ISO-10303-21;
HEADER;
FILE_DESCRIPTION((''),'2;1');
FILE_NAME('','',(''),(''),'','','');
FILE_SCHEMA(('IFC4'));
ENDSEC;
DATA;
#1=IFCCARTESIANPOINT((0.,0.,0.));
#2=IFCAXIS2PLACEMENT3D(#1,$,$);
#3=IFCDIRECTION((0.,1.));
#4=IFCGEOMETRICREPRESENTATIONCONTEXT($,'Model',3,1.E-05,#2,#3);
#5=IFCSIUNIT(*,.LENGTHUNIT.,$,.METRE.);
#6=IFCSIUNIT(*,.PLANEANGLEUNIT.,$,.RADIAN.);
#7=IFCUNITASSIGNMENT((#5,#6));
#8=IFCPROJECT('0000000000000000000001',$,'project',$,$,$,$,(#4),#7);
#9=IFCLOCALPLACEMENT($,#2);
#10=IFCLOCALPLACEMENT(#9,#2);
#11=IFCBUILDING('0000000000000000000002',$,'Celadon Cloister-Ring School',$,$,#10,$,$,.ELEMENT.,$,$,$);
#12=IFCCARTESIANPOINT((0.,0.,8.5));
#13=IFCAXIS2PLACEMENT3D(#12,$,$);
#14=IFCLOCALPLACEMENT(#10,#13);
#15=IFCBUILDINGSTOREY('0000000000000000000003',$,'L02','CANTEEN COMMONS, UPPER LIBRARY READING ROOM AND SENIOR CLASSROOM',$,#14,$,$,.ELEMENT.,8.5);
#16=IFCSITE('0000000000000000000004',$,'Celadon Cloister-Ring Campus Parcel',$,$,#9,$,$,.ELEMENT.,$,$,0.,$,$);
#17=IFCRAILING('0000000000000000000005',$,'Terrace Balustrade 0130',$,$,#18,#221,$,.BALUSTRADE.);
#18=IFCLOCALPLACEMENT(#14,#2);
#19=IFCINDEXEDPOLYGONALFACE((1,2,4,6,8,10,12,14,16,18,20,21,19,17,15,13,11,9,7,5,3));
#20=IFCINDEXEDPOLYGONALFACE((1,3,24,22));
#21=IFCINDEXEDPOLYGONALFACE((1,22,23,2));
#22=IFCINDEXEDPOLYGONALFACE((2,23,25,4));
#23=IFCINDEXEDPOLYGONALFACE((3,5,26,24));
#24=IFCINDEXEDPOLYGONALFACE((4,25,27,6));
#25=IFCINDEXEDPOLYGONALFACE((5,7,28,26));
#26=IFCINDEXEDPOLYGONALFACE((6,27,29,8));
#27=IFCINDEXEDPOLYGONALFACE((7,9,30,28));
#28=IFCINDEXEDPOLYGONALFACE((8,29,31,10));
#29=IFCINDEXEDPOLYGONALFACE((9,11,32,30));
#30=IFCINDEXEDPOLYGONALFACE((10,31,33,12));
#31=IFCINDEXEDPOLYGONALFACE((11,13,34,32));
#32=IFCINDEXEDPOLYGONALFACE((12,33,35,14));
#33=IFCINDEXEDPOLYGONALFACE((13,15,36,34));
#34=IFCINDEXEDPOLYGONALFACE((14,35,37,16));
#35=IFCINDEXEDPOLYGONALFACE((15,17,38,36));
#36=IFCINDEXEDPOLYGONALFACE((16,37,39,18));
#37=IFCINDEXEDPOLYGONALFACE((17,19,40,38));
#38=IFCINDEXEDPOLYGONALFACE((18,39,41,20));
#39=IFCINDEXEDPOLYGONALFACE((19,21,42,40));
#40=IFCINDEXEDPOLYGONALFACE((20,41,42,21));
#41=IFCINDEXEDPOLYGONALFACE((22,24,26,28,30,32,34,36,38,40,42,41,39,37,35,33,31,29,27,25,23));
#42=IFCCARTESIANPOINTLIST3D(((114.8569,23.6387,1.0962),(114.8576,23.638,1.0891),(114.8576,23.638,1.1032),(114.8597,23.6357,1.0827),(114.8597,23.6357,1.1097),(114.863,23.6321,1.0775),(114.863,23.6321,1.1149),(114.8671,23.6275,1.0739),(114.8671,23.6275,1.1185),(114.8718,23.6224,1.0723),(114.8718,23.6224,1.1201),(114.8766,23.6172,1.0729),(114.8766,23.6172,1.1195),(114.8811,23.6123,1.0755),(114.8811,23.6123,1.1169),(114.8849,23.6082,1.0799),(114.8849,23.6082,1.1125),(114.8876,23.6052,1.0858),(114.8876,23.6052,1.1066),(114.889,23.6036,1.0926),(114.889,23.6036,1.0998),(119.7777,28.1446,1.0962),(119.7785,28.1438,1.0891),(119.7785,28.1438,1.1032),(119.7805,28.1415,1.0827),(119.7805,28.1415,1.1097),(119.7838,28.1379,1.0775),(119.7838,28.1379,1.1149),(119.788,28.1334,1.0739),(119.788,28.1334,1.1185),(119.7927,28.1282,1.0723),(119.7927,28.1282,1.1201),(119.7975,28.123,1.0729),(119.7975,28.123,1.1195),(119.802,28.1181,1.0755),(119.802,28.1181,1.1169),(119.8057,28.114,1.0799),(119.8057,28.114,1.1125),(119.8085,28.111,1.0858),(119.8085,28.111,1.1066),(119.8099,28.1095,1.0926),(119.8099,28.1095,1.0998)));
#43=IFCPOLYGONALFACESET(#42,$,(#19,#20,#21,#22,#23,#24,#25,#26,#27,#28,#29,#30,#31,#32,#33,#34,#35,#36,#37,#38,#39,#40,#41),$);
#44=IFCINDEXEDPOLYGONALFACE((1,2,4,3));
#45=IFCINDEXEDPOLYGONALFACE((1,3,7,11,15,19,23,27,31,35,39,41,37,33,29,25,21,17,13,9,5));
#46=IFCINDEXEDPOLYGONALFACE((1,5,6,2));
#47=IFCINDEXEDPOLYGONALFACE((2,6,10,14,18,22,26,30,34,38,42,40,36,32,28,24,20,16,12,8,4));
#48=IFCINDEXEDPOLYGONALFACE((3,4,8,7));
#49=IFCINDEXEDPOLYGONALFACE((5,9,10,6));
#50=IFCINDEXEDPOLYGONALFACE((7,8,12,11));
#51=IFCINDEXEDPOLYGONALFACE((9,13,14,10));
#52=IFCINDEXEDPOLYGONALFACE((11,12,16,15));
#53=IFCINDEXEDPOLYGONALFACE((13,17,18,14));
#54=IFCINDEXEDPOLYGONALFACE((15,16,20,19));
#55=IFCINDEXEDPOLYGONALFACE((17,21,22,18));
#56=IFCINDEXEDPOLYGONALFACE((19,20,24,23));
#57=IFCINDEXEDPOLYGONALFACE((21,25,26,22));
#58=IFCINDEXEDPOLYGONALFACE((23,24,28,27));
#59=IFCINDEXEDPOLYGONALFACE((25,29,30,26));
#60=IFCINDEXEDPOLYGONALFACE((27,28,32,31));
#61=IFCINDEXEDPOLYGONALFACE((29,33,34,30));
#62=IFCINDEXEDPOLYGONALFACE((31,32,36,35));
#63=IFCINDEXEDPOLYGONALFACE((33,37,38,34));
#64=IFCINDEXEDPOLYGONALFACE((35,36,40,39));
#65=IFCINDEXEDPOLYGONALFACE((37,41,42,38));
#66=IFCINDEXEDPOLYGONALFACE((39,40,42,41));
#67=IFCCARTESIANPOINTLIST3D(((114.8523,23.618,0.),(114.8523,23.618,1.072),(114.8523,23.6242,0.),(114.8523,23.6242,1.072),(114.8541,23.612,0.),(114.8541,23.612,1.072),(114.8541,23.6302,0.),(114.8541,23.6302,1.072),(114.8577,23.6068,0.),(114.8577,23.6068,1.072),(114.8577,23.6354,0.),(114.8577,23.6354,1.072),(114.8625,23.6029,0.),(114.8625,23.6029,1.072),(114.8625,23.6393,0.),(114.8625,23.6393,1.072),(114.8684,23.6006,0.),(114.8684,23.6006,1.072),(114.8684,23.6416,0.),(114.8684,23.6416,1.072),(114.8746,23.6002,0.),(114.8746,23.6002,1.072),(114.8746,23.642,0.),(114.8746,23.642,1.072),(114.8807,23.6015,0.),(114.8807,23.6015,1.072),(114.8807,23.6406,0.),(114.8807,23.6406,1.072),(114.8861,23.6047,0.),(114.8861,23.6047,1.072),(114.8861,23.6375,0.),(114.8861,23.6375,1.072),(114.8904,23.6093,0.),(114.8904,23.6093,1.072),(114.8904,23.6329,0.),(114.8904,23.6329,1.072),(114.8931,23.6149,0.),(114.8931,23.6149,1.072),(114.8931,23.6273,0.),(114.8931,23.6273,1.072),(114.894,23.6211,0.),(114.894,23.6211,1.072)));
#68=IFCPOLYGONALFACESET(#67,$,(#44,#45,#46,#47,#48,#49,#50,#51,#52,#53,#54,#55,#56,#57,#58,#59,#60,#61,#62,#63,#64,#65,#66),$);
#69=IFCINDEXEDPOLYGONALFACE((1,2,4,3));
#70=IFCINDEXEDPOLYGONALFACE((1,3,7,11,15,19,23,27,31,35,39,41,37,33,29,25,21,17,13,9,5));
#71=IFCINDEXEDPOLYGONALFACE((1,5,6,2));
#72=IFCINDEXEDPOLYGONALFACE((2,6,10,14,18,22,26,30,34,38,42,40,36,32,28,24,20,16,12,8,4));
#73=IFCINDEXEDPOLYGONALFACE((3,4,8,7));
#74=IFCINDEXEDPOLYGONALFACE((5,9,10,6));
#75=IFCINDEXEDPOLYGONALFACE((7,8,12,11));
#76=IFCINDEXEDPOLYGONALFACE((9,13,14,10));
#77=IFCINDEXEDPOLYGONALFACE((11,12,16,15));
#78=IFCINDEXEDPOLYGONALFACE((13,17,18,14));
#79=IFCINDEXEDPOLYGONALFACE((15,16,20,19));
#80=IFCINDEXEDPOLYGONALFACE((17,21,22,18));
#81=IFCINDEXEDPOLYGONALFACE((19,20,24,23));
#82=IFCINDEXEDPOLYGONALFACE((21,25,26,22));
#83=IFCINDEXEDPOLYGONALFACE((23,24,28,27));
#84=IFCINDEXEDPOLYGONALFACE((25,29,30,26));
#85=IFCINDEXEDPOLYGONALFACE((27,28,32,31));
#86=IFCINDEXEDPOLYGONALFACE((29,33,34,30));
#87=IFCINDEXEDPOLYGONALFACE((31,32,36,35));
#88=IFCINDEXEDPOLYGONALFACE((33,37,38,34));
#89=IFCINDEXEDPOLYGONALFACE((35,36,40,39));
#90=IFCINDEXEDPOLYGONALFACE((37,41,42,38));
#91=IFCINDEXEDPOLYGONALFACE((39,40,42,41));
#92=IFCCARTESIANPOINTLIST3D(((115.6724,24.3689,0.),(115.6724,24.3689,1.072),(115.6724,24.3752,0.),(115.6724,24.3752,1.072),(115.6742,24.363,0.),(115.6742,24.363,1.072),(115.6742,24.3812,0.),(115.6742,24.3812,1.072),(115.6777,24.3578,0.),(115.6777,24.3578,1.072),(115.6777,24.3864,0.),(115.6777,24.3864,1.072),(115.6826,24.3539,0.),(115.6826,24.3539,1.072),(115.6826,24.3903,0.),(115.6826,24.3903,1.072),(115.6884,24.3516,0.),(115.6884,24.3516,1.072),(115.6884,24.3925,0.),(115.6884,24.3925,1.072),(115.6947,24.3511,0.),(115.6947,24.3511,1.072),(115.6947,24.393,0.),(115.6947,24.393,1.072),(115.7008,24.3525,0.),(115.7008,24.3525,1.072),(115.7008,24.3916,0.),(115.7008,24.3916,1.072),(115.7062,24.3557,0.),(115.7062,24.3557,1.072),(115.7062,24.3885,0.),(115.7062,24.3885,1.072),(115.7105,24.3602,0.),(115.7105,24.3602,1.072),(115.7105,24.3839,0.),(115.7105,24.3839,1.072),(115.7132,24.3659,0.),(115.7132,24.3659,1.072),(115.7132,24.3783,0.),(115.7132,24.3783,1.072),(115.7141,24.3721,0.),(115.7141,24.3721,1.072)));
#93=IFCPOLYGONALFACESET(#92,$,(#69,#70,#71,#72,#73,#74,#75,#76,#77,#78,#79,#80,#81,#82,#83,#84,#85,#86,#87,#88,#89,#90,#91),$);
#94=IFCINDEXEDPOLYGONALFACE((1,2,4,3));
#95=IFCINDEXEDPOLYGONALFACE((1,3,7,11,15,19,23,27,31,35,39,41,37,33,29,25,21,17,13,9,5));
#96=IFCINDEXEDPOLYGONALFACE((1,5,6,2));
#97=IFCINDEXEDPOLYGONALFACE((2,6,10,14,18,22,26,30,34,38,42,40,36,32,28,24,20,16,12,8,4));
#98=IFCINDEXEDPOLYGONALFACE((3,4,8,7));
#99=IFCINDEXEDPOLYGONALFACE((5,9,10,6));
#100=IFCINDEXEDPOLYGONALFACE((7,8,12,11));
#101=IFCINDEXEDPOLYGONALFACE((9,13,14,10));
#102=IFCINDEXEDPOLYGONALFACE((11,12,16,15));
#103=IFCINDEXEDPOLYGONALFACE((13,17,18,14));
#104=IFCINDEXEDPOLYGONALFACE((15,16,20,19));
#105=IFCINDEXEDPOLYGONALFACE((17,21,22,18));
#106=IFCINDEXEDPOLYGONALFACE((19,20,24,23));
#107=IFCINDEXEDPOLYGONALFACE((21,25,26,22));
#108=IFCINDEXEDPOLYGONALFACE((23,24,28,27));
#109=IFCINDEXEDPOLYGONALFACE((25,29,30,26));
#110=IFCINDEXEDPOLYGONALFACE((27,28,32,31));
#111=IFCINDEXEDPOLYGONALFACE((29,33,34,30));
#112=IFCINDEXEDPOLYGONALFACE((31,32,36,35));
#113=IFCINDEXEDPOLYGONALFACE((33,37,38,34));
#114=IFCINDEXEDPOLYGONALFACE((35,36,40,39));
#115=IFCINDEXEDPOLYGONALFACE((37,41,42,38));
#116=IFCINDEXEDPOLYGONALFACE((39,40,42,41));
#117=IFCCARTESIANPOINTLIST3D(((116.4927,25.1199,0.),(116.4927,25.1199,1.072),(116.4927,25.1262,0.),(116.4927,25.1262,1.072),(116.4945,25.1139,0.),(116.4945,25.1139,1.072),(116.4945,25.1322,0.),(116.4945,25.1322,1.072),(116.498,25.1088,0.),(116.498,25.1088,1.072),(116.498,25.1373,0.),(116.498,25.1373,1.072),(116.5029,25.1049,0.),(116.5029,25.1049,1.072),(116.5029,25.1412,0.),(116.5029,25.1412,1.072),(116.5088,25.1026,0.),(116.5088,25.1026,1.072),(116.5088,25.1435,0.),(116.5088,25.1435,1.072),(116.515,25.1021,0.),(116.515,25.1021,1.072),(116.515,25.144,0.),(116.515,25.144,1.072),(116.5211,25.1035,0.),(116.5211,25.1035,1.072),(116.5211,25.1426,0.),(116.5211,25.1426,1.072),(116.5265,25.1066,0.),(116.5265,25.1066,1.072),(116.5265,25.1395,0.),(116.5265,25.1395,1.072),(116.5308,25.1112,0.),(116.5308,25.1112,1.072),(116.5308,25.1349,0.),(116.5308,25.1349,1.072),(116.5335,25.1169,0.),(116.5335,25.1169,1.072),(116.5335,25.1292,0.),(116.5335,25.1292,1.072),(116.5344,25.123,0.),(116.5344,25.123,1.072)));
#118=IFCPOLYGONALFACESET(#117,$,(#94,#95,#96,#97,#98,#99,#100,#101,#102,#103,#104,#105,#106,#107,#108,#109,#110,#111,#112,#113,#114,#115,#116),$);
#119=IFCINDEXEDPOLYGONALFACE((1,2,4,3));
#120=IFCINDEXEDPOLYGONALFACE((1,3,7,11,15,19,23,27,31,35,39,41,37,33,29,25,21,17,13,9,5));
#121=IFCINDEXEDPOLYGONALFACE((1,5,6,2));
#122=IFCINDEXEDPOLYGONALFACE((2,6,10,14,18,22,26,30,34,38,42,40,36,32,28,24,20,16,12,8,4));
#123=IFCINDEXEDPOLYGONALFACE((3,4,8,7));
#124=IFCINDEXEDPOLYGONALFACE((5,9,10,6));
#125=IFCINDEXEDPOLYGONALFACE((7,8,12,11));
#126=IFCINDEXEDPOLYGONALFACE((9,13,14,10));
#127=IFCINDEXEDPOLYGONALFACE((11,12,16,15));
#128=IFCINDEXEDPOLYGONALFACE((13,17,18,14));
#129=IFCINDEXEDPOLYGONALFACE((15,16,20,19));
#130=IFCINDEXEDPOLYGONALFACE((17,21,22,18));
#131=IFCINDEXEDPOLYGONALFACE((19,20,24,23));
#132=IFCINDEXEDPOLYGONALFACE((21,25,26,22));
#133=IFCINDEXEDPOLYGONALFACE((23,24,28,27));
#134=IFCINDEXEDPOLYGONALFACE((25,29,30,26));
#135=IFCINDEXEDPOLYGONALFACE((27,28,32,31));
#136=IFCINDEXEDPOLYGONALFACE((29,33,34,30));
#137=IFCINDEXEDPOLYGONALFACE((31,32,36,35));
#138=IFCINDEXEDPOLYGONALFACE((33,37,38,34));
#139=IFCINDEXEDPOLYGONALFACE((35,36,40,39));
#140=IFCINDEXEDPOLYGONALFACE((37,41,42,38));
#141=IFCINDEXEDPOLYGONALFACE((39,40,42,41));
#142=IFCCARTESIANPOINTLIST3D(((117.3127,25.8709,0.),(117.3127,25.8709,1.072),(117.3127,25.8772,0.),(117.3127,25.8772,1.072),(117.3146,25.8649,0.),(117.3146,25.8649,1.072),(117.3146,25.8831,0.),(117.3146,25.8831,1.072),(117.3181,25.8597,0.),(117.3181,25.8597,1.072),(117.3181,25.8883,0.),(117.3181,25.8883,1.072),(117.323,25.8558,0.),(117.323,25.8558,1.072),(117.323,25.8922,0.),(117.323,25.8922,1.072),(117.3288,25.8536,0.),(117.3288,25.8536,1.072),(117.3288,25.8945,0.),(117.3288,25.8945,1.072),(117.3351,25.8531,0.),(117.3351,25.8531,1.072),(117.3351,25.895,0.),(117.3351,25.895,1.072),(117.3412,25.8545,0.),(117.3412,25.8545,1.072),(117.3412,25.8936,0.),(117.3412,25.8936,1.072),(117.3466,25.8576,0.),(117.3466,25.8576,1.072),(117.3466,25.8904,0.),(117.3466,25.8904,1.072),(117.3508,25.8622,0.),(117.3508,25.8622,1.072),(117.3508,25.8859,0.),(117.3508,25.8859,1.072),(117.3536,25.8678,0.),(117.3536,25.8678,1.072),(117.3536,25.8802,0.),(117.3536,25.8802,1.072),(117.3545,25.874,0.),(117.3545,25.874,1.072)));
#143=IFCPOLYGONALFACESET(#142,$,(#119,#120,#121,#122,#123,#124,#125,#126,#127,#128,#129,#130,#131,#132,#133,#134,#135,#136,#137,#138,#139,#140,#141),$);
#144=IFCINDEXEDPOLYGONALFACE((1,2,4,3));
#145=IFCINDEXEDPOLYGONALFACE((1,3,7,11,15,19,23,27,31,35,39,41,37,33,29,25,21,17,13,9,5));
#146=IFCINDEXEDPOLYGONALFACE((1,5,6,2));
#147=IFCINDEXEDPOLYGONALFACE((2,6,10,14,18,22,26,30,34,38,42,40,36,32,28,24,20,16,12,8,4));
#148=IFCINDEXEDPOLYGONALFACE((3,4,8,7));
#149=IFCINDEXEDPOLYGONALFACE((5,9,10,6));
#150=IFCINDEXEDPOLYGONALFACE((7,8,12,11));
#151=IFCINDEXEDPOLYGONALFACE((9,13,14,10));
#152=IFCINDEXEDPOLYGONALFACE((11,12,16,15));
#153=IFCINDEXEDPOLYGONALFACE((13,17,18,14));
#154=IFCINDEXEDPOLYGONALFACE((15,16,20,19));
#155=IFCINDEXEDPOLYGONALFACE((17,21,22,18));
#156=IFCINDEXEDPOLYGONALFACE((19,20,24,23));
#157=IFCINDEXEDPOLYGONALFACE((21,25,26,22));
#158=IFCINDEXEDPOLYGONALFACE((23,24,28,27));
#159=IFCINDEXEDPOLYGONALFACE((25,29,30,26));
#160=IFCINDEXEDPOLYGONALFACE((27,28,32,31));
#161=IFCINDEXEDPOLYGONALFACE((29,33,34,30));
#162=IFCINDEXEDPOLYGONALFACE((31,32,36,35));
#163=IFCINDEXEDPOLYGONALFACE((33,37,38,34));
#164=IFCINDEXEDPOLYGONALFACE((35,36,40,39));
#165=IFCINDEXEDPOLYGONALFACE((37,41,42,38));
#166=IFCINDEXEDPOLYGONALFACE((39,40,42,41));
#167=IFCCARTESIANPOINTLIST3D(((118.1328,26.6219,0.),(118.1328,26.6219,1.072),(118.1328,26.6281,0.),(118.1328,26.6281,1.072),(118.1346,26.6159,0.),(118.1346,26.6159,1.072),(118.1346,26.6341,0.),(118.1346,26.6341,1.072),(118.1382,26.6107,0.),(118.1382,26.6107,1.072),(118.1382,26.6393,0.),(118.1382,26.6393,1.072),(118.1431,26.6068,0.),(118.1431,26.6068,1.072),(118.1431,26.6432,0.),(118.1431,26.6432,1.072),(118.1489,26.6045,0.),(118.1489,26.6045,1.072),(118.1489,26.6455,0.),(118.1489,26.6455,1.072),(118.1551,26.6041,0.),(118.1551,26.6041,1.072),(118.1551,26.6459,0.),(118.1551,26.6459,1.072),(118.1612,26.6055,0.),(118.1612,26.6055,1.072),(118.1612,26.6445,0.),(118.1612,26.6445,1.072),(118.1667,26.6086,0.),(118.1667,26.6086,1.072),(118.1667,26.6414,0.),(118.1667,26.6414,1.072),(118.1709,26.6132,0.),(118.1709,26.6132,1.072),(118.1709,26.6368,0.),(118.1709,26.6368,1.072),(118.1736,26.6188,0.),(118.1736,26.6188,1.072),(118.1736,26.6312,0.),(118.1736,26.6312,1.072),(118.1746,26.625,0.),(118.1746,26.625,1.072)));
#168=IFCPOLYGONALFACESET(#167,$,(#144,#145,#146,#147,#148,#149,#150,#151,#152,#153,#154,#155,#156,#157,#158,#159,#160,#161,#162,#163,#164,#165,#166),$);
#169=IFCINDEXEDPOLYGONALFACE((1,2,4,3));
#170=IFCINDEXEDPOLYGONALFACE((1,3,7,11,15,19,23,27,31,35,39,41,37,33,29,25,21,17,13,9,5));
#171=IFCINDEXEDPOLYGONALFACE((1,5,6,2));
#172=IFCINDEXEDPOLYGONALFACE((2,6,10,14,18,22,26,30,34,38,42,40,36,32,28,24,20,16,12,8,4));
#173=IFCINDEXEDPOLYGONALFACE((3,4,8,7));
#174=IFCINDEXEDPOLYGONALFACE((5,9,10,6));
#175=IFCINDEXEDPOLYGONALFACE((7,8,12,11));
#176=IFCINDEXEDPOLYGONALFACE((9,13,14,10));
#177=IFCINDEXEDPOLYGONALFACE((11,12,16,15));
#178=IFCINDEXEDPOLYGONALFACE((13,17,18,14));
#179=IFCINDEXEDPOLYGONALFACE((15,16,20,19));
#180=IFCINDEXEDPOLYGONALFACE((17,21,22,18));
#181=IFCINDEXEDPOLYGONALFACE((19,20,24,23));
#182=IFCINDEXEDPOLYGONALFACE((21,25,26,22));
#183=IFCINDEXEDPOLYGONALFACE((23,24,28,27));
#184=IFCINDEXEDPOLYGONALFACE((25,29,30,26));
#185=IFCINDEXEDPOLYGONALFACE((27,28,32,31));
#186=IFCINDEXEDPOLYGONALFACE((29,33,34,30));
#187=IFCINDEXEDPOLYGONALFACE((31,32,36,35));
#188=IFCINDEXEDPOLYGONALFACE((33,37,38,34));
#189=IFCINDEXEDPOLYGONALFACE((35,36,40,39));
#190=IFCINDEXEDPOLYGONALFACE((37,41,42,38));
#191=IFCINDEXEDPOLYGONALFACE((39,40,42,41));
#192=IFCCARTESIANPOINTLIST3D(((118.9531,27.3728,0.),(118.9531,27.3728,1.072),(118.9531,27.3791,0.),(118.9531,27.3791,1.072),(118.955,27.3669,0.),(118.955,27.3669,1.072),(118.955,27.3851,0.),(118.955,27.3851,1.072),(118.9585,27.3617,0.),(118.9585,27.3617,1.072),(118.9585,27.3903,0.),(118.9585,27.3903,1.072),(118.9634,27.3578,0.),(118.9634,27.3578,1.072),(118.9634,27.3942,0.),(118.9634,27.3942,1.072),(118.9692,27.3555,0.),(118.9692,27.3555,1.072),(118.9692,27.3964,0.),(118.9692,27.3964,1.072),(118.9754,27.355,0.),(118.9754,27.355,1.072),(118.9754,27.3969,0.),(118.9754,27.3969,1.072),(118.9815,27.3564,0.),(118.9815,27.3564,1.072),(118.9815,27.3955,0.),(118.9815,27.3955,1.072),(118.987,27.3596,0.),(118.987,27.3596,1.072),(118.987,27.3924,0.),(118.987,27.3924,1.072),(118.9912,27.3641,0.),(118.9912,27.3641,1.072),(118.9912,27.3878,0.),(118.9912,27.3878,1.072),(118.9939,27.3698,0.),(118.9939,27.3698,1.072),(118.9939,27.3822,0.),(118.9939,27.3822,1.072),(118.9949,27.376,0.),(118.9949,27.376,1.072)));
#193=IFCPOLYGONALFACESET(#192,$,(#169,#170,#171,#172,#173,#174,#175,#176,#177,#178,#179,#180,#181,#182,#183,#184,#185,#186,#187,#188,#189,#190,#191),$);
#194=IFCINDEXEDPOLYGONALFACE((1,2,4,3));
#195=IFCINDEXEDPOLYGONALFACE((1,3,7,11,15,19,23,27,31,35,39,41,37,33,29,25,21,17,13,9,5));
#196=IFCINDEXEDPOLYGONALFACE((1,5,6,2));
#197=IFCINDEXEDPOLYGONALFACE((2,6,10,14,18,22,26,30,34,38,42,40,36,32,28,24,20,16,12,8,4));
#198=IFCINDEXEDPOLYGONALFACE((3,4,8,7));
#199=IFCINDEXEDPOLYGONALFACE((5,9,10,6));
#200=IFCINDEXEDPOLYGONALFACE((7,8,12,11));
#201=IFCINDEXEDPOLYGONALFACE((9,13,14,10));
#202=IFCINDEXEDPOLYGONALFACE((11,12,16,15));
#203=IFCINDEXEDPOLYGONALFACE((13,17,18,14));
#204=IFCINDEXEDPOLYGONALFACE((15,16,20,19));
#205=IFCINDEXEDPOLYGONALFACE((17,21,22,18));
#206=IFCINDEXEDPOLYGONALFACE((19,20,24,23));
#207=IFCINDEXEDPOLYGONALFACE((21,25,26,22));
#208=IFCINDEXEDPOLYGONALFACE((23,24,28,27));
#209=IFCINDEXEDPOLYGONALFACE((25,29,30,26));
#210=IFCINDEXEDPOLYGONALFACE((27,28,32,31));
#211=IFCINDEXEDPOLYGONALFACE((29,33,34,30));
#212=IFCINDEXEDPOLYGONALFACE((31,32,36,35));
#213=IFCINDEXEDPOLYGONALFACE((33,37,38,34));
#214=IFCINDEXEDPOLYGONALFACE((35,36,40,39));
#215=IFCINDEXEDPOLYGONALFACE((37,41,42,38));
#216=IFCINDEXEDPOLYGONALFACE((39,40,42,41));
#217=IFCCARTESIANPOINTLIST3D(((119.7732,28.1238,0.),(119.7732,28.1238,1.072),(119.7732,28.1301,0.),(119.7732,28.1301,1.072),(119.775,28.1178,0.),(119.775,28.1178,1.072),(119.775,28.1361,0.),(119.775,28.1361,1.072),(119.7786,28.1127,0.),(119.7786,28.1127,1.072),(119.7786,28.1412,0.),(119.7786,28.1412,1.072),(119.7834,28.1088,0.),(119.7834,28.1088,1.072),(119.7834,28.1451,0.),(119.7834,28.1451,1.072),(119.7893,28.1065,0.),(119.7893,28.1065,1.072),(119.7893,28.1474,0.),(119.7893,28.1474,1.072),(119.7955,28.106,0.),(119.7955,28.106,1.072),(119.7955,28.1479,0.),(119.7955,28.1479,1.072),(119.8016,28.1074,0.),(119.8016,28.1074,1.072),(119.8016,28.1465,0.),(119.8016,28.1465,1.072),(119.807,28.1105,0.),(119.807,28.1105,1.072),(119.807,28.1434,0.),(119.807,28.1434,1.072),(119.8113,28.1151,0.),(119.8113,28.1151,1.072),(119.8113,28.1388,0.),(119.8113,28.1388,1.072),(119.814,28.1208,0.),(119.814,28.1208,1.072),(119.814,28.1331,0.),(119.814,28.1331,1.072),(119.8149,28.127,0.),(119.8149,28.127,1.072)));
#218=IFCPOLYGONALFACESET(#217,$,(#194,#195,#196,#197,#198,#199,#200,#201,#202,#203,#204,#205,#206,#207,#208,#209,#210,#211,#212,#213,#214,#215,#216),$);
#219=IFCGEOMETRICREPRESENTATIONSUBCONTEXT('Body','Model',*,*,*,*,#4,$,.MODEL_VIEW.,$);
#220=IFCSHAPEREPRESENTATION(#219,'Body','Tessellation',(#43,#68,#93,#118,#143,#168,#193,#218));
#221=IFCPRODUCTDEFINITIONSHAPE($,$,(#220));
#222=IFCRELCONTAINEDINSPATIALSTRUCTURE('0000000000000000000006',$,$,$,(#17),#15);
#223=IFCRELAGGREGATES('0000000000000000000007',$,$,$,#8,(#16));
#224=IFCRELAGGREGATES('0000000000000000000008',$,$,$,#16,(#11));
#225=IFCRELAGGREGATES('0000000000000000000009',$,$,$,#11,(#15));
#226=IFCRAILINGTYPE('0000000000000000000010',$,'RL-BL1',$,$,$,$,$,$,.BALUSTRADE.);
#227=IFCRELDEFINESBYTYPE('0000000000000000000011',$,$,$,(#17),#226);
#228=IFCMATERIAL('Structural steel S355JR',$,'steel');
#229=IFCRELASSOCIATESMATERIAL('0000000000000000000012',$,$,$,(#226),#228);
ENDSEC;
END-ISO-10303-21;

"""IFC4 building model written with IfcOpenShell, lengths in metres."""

from ifc_helpers import new_model, si_unit, direction, frame, origin, origin_2d, place, context, subcontext, project, spatial, circle, extrude, material, type_object, element, save


model = new_model("IFC4")

# Units and contexts
model_context = context("Model", 3, precision=1e-05, world=origin(), true_north=direction((0.0, 1.0)))
body_context = subcontext(model_context, "Body", "Model", "MODEL_VIEW")
ifc_project = project(units=[si_unit("LENGTHUNIT", "METRE"), si_unit("PLANEANGLEUNIT", "RADIAN")], contexts=[model_context])

# Site, building, storey
site_placement = place(None, origin())
site = spatial("IfcSite", under=ifc_project, at=site_placement, Name="Celadon Cloister-Ring Campus Parcel", CompositionType="ELEMENT", RefElevation=0.0)
building_placement = place(site_placement, origin())
building = spatial("IfcBuilding", under=site, at=building_placement, Name="Celadon Cloister-Ring School", CompositionType="ELEMENT")
storey_placement = place(building_placement, frame((0.0, 0.0, 8.5)))
storey = spatial("IfcBuildingStorey", under=building, at=storey_placement, Name="L02", Description="CANTEEN COMMONS, UPPER LIBRARY READING ROOM AND SENIOR CLASSROOM", CompositionType="ELEMENT", Elevation=8.5)

# Railing
ifc_material_1 = material(Name="Structural steel S355JR", Category="steel")
railing_type = type_object("IfcRailingType", Name="RL-BL1", PredefinedType="BALUSTRADE", material=ifc_material_1)
railing_1_placement = place(storey_placement, frame((114.873, 23.6211, 0.0)))
element("IfcRailing", 1, at=railing_1_placement, inside=storey, type_object=railing_type, Name="Terrace Balustrade 0130", PredefinedType="BALUSTRADE", context=body_context, shape_type="SweptSolid", body=[
    extrude(circle(Radius=0.0239, at=origin_2d()), frame((0.0, 0.0, 1.0962), z_axis=(0.737525, 0.67532, 0.0), x_axis=(-0.67532, 0.737525, 0.0)), (0.0, 0.0, 1.0), 6.6721),
    extrude(circle(Radius=0.021, at=origin_2d()), origin(), (0.0, 0.0, 1.0), 1.072),
    extrude(circle(Radius=0.021, at=origin_2d()), frame((0.8201, 0.751, 0.0)), (0.0, 0.0, 1.0), 1.072),
    extrude(circle(Radius=0.021, at=origin_2d()), frame((1.6404, 1.502, 0.0)), (0.0, 0.0, 1.0), 1.072),
    extrude(circle(Radius=0.021, at=origin_2d()), frame((2.4604, 2.2529, 0.0)), (0.0, 0.0, 1.0), 1.072),
    extrude(circle(Radius=0.021, at=origin_2d()), frame((3.2805, 3.0039, 0.0)), (0.0, 0.0, 1.0), 1.072),
    extrude(circle(Radius=0.021, at=origin_2d()), frame((4.1008, 3.7549, 0.0)), (0.0, 0.0, 1.0), 1.072),
    extrude(circle(Radius=0.021, at=origin_2d()), frame((4.9209, 4.5059, 0.0)), (0.0, 0.0, 1.0), 1.072),
])

save(model, "model.ifc")
